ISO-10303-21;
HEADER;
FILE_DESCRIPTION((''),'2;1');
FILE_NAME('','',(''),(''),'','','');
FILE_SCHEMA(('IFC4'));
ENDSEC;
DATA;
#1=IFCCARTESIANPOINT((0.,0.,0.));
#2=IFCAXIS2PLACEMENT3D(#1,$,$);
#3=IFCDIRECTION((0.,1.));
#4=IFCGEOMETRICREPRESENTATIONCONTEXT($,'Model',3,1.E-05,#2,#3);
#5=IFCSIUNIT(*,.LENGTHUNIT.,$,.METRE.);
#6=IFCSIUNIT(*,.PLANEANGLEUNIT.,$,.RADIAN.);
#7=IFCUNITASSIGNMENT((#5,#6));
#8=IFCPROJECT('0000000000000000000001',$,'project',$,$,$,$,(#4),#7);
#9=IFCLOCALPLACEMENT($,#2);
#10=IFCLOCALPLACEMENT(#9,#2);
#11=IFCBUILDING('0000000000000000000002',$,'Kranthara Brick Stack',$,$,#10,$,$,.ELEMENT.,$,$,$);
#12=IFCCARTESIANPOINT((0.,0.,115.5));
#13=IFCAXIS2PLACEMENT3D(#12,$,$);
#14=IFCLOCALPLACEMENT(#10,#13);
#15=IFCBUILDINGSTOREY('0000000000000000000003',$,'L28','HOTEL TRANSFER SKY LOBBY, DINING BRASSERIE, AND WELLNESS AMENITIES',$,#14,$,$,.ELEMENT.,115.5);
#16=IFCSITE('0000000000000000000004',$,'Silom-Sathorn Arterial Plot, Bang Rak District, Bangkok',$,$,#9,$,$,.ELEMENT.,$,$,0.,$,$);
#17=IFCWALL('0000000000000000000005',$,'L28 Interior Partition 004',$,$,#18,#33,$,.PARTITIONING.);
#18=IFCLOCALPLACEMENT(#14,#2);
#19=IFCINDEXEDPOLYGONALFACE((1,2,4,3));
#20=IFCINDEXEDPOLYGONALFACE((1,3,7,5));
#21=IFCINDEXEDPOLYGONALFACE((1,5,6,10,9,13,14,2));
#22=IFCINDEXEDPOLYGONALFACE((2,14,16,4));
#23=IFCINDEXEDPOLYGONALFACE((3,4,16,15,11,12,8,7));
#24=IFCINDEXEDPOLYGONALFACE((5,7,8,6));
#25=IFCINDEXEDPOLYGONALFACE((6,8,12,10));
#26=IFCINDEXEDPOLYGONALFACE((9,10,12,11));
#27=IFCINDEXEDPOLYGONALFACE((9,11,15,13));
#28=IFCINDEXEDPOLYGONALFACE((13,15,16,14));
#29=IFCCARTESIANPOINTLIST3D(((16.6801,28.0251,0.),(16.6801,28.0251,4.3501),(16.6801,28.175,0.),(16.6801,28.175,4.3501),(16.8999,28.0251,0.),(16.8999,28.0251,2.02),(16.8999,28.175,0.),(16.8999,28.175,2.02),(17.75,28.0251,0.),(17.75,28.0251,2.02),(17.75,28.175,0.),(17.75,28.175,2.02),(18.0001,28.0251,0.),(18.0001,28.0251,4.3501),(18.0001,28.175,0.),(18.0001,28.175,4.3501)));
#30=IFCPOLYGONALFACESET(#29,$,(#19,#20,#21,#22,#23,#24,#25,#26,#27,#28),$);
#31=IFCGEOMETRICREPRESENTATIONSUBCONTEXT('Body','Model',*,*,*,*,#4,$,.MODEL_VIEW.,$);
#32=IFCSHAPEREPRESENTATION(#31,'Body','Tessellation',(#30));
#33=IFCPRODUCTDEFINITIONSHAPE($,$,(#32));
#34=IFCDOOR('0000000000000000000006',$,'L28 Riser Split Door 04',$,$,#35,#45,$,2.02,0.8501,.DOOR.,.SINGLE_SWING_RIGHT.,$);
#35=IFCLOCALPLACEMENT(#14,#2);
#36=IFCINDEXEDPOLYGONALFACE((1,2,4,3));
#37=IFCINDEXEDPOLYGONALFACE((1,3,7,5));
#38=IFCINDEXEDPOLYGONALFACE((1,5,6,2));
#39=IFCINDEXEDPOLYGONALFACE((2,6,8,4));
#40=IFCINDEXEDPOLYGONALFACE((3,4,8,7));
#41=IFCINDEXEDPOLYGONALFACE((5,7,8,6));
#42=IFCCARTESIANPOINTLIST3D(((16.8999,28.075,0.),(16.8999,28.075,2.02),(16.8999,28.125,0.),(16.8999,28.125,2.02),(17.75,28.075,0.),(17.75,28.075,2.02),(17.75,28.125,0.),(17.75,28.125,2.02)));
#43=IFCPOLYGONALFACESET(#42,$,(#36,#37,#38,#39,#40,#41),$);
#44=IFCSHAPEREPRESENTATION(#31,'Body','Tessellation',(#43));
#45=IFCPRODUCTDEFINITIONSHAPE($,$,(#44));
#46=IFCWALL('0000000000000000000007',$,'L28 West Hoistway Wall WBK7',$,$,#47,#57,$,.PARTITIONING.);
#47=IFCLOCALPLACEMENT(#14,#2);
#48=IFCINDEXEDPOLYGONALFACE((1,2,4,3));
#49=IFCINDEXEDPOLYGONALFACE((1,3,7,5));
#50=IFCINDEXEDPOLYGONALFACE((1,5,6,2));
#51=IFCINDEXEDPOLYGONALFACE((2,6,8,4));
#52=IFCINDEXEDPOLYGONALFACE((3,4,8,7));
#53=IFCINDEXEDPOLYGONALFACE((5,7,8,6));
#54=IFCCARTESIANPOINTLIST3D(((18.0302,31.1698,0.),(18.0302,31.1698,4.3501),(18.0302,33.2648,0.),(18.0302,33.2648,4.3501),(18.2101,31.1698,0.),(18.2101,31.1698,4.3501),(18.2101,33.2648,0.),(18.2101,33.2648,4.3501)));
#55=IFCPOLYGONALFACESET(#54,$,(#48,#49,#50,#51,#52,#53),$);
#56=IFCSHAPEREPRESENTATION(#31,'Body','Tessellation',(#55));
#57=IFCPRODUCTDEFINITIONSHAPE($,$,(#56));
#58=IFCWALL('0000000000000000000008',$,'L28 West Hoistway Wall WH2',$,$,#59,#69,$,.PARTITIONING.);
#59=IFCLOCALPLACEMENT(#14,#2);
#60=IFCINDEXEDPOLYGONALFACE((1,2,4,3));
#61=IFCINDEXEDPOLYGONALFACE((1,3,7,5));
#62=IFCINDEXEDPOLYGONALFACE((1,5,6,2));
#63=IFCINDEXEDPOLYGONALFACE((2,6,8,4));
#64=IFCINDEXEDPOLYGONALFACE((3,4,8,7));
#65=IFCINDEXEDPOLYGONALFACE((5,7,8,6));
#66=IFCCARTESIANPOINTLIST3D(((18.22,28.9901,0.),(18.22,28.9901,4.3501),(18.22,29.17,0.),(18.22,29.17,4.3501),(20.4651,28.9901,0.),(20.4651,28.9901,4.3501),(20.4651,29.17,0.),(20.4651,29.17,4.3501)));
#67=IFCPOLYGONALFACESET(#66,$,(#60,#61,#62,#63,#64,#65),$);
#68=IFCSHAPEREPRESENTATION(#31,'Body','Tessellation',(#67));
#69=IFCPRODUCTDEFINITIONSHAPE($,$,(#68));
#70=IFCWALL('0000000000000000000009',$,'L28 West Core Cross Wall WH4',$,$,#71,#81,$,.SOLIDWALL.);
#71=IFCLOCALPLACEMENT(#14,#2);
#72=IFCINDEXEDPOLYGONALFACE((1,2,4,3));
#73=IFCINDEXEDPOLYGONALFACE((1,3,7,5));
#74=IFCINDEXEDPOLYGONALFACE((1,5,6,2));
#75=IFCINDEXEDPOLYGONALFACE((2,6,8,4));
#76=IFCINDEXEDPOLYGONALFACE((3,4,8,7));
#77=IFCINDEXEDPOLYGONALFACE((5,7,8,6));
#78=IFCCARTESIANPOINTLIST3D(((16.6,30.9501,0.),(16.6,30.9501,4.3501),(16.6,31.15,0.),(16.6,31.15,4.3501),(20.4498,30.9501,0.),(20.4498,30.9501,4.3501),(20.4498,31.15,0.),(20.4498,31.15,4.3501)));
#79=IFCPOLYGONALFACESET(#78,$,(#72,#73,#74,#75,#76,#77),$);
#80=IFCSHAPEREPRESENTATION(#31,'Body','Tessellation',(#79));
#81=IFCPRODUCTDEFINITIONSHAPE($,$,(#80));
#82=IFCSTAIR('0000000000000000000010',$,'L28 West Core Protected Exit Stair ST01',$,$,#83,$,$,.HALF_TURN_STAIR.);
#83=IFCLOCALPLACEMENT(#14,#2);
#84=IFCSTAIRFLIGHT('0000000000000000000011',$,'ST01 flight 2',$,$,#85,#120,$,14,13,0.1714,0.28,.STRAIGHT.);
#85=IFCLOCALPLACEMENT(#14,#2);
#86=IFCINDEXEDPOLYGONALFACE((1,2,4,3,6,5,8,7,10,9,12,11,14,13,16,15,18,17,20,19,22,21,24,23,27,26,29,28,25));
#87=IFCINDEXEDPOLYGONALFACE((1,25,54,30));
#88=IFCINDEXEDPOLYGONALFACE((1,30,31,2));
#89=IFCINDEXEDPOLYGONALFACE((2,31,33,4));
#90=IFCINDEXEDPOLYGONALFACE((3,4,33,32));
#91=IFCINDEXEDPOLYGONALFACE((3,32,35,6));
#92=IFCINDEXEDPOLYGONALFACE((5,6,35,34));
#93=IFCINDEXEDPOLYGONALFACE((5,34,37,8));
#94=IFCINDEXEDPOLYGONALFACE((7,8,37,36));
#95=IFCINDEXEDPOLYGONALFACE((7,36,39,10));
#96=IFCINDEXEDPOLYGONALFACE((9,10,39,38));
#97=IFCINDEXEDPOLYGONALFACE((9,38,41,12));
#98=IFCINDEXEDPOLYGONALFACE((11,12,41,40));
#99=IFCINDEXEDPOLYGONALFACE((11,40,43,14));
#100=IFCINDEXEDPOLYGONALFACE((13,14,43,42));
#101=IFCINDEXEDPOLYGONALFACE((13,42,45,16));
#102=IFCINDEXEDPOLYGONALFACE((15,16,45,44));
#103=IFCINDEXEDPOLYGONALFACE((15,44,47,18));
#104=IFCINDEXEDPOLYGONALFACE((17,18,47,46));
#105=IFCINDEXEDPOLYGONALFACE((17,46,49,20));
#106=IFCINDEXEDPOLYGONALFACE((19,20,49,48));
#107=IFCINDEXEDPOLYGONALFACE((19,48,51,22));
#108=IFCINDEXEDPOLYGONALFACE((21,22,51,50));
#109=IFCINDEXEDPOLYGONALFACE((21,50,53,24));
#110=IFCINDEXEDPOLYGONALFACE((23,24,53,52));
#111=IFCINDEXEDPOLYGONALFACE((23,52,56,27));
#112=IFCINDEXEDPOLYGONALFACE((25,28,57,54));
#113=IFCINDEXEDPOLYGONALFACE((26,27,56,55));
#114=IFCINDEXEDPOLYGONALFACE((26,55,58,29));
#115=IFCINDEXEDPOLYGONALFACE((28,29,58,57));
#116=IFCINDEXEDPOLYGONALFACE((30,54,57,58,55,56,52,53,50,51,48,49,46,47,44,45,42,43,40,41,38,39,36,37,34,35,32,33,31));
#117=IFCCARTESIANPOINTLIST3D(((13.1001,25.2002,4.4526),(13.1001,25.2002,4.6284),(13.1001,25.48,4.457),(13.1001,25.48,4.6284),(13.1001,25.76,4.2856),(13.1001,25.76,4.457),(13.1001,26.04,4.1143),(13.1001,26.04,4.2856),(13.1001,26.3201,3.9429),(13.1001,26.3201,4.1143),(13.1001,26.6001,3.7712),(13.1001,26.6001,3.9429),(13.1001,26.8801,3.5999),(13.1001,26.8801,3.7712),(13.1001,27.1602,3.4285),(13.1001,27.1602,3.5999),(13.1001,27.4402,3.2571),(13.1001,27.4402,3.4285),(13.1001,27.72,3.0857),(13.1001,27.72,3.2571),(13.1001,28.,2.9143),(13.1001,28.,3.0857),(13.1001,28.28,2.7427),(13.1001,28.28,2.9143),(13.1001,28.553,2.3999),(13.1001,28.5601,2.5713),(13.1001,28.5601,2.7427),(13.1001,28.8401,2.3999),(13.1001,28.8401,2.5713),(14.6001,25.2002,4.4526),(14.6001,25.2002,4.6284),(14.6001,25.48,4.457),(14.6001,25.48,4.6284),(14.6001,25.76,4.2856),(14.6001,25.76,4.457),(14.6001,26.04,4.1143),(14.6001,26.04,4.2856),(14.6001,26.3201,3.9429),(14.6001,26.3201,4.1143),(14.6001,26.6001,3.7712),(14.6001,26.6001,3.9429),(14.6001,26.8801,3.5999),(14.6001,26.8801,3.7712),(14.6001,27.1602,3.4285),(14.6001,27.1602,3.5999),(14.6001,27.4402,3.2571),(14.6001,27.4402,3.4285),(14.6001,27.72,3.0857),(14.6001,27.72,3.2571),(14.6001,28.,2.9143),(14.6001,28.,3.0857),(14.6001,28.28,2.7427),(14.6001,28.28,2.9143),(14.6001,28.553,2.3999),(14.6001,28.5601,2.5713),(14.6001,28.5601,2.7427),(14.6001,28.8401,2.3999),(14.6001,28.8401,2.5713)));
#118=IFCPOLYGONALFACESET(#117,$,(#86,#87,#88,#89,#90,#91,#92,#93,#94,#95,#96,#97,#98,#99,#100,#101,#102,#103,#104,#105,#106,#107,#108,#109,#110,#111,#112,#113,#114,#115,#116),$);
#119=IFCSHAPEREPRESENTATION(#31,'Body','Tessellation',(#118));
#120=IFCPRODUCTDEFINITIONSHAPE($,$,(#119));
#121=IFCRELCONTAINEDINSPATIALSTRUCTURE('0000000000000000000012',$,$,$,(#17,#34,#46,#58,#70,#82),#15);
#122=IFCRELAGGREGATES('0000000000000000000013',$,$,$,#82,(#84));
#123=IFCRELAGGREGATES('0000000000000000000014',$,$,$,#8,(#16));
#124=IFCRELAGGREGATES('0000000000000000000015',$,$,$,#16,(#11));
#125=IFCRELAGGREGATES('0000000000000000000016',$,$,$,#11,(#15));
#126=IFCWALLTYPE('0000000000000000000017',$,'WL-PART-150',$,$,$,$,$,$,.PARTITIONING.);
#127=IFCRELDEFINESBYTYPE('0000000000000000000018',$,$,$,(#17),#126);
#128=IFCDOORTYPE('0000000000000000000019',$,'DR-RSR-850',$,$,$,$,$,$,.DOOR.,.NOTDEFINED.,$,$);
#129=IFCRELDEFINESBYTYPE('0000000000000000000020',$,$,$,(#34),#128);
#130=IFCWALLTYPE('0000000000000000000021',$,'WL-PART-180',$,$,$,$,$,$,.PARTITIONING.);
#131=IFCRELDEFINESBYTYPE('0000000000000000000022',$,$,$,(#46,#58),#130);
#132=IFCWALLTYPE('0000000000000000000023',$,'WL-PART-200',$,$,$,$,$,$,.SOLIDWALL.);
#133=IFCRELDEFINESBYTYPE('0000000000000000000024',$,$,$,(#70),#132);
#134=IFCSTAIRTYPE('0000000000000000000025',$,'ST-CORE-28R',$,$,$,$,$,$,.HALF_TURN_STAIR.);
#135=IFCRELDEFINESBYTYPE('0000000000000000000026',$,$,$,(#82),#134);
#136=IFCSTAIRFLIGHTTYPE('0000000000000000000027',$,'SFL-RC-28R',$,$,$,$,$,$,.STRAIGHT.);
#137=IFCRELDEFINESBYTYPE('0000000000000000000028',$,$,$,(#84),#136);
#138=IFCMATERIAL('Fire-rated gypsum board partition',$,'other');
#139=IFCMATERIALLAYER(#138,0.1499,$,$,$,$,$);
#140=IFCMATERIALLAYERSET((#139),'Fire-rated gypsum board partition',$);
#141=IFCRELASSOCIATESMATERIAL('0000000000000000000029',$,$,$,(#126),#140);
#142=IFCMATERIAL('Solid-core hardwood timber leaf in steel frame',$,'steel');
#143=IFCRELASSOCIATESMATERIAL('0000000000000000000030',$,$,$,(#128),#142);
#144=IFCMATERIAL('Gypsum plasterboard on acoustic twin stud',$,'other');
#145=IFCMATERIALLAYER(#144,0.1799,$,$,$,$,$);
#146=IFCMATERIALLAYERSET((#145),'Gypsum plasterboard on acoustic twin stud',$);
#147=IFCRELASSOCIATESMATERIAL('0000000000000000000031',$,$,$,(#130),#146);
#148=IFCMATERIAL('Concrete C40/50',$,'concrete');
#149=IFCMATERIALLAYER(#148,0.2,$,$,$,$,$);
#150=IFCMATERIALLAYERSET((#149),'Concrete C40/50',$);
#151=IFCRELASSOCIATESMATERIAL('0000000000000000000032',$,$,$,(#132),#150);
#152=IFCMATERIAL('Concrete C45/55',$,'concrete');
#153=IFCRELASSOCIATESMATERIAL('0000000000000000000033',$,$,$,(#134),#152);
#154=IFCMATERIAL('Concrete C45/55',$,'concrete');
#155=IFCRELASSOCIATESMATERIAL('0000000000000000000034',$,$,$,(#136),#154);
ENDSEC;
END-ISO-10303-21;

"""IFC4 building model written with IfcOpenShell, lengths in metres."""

from ifc_helpers import new_model, si_unit, direction, frame, frame_2d, origin, place, context, subcontext, project, spatial, polyline, rectangle, outline, extrude, material, layer, layer_set, type_object, element, fill, aggregate, save


model = new_model("IFC4")

# Units and contexts
model_context = context("Model", 3, precision=1e-05, world=origin(), true_north=direction((0.0, 1.0)))
body_context = subcontext(model_context, "Body", "Model", "MODEL_VIEW")
ifc_project = project(units=[si_unit("LENGTHUNIT", "METRE"), si_unit("PLANEANGLEUNIT", "RADIAN")], contexts=[model_context])

# Site, building, storey
site_placement = place(None, origin())
site = spatial("IfcSite", under=ifc_project, at=site_placement, Name="Silom-Sathorn Arterial Plot, Bang Rak District, Bangkok", CompositionType="ELEMENT", RefElevation=0.0)
building_placement = place(site_placement, origin())
building = spatial("IfcBuilding", under=site, at=building_placement, Name="Kranthara Brick Stack", CompositionType="ELEMENT")
storey_placement = place(building_placement, frame((0.0, 0.0, 115.5)))
storey = spatial("IfcBuildingStorey", under=building, at=storey_placement, Name="L28", Description="HOTEL TRANSFER SKY LOBBY, DINING BRASSERIE, AND WELLNESS AMENITIES", CompositionType="ELEMENT", Elevation=115.5)

# Wall, opening, door
ifc_material_1 = material(Name="Fire-rated gypsum board partition", Category="other")
ifc_layer_1 = layer(ifc_material_1, 0.1499)
ifc_layer_set_1 = layer_set([ifc_layer_1], Name="Fire-rated gypsum board partition")
wall_type_1 = type_object("IfcWallType", Name="WL-PART-150", PredefinedType="PARTITIONING", material=ifc_layer_set_1)
ifc_material_2 = material(Name="Solid-core hardwood timber leaf in steel frame", Category="steel")
door_type = type_object("IfcDoorType", Name="DR-RSR-850", OperationType="NOTDEFINED", PredefinedType="DOOR", material=ifc_material_2)
wall_1_placement = place(storey_placement, frame((16.6799, 28.1001, 0.0), z_axis=(0.0, 0.0, 1.0), x_axis=(1.0, 0.0, 0.0)))
wall_1 = element("IfcWall", 1, at=wall_1_placement, inside=storey, type_object=wall_type_1, Name="L28 Interior Partition 004", PredefinedType="PARTITIONING", context=body_context, shape_type="SweptSolid", body=[
    extrude(rectangle(XDim=1.3201, YDim=0.1499, at=frame_2d((0.6602, 0.0))), origin(), (0.0, 0.0, 1.0), 4.3501),
])
opening_1_placement = place(wall_1_placement, frame((0.22, 0.0, 0.0)))
opening_1 = element("IfcOpeningElement", 2, at=opening_1_placement, cuts=wall_1, PredefinedType="OPENING", context=body_context, shape_type="SweptSolid", body=[
    extrude(rectangle(XDim=0.8501, YDim=2.02, at=frame_2d((0.425, 1.01))), frame((0.0, 0.085, 0.0), z_axis=(0.0, -1.0, 0.0), x_axis=(1.0, 0.0, 0.0)), (0.0, 0.0, 1.0), 0.1699),
])
door_1_placement = place(opening_1_placement, origin())
door_1 = element("IfcDoor", 3, at=door_1_placement, inside=storey, type_object=door_type, Name="L28 Riser Split Door 04", OperationType="SINGLE_SWING_RIGHT", OverallHeight=2.02, OverallWidth=0.8501, PredefinedType="DOOR", context=body_context, shape_type="SweptSolid", body=[
    extrude(rectangle(XDim=0.8501, YDim=2.02, at=frame_2d((0.425, 1.01))), frame((0.0, 0.0249, 0.0), z_axis=(0.0, -1.0, 0.0), x_axis=(1.0, 0.0, 0.0)), (0.0, 0.0, 1.0), 0.05),
])
fill(opening_1, door_1)

# Walls
ifc_material_3 = material(Name="Gypsum plasterboard on acoustic twin stud", Category="other")
ifc_layer_2 = layer(ifc_material_3, 0.1799)
ifc_layer_set_2 = layer_set([ifc_layer_2], Name="Gypsum plasterboard on acoustic twin stud")
wall_type_2 = type_object("IfcWallType", Name="WL-PART-180", PredefinedType="PARTITIONING", material=ifc_layer_set_2)
wall_2_placement = place(storey_placement, frame((18.1201, 31.1699, 0.0), z_axis=(0.0, 0.0, 1.0), x_axis=(0.0, 1.0, 0.0)))
element("IfcWall", 4, at=wall_2_placement, inside=storey, type_object=wall_type_2, Name="L28 West Hoistway Wall WBK7", PredefinedType="PARTITIONING", context=body_context, shape_type="SweptSolid", body=[
    extrude(rectangle(XDim=2.095, YDim=0.1799, at=frame_2d((1.0474, 0.0))), origin(), (0.0, 0.0, 1.0), 4.3501),
])
wall_3_placement = place(storey_placement, frame((18.22, 29.0801, 0.0), z_axis=(0.0, 0.0, 1.0), x_axis=(1.0, 0.0, 0.0)))
element("IfcWall", 5, at=wall_3_placement, inside=storey, type_object=wall_type_2, Name="L28 West Hoistway Wall WH2", PredefinedType="PARTITIONING", context=body_context, shape_type="SweptSolid", body=[
    extrude(rectangle(XDim=2.2451, YDim=0.1799, at=frame_2d((1.1226, 0.0))), origin(), (0.0, 0.0, 1.0), 4.3501),
])
ifc_material_4 = material(Name="Concrete C40/50", Category="concrete")
ifc_layer_3 = layer(ifc_material_4, 0.2)
ifc_layer_set_3 = layer_set([ifc_layer_3], Name="Concrete C40/50")
wall_type_3 = type_object("IfcWallType", Name="WL-PART-200", PredefinedType="SOLIDWALL", material=ifc_layer_set_3)
wall_4_placement = place(storey_placement, frame((16.6001, 31.05, 0.0), z_axis=(0.0, 0.0, 1.0), x_axis=(1.0, 0.0, 0.0)))
element("IfcWall", 6, at=wall_4_placement, inside=storey, type_object=wall_type_3, Name="L28 West Core Cross Wall WH4", PredefinedType="SOLIDWALL", context=body_context, shape_type="SweptSolid", body=[
    extrude(rectangle(XDim=3.8499, YDim=0.2, at=frame_2d((1.9248, 0.0))), origin(), (0.0, 0.0, 1.0), 4.3501),
])

# Stair, stair flight
ifc_material_5 = material(Name="Concrete C45/55", Category="concrete")
stair_type = type_object("IfcStairType", Name="ST-CORE-28R", PredefinedType="HALF_TURN_STAIR", material=ifc_material_5)
stair_placement = place(storey_placement, origin())
stair = element("IfcStair", 7, at=stair_placement, inside=storey, type_object=stair_type, Name="L28 West Core Protected Exit Stair ST01", PredefinedType="HALF_TURN_STAIR")
ifc_material_6 = material(Name="Concrete C45/55", Category="concrete")
stair_flight_type = type_object("IfcStairFlightType", Name="SFL-RC-28R", PredefinedType="STRAIGHT", material=ifc_material_6)
stair_flight_placement = place(storey_placement, frame((13.8501, 28.8401, 2.3999), z_axis=(0.0, 0.0, 1.0), x_axis=(0.0, -1.0, 0.0)))
stair_flight = element("IfcStairFlight", 8, at=stair_flight_placement, type_object=stair_flight_type, Name="ST01 flight 2", NumberOfRisers=14, NumberOfTreads=13, PredefinedType="STRAIGHT", RiserHeight=0.1714, TreadLength=0.28, context=body_context, shape_type="SweptSolid", body=[
    extrude(outline(polyline([(0.0, 0.0), (0.0, 0.1714), (0.28, 0.1714), (0.28, 0.3428), (0.5601, 0.3428), (0.5601, 0.5144), (0.8401, 0.5144), (0.8401, 0.6858), (1.1201, 0.6858), (1.1201, 0.8572), (1.3999, 0.8572), (1.3999, 1.0286), (1.6799, 1.0286), (1.6799, 1.2), (1.96, 1.2), (1.96, 1.3713), (2.24, 1.3713), (2.24, 1.543), (2.52, 1.543), (2.52, 1.7144), (2.8, 1.7144), (2.8, 1.8857), (3.0801, 1.8857), (3.0801, 2.0571), (3.3601, 2.0571), (3.3601, 2.2285), (3.6399, 2.2285), (3.6399, 2.3999), (3.6399, 2.0527), (0.2871, 0.0), (0.0, 0.0)])), frame((0.0, 0.75, 0.0), z_axis=(0.0, -1.0, 0.0), x_axis=(1.0, 0.0, 0.0)), (0.0, 0.0, 1.0), 1.5),
])
aggregate(stair, [stair_flight])

save(model, "model.ifc")
